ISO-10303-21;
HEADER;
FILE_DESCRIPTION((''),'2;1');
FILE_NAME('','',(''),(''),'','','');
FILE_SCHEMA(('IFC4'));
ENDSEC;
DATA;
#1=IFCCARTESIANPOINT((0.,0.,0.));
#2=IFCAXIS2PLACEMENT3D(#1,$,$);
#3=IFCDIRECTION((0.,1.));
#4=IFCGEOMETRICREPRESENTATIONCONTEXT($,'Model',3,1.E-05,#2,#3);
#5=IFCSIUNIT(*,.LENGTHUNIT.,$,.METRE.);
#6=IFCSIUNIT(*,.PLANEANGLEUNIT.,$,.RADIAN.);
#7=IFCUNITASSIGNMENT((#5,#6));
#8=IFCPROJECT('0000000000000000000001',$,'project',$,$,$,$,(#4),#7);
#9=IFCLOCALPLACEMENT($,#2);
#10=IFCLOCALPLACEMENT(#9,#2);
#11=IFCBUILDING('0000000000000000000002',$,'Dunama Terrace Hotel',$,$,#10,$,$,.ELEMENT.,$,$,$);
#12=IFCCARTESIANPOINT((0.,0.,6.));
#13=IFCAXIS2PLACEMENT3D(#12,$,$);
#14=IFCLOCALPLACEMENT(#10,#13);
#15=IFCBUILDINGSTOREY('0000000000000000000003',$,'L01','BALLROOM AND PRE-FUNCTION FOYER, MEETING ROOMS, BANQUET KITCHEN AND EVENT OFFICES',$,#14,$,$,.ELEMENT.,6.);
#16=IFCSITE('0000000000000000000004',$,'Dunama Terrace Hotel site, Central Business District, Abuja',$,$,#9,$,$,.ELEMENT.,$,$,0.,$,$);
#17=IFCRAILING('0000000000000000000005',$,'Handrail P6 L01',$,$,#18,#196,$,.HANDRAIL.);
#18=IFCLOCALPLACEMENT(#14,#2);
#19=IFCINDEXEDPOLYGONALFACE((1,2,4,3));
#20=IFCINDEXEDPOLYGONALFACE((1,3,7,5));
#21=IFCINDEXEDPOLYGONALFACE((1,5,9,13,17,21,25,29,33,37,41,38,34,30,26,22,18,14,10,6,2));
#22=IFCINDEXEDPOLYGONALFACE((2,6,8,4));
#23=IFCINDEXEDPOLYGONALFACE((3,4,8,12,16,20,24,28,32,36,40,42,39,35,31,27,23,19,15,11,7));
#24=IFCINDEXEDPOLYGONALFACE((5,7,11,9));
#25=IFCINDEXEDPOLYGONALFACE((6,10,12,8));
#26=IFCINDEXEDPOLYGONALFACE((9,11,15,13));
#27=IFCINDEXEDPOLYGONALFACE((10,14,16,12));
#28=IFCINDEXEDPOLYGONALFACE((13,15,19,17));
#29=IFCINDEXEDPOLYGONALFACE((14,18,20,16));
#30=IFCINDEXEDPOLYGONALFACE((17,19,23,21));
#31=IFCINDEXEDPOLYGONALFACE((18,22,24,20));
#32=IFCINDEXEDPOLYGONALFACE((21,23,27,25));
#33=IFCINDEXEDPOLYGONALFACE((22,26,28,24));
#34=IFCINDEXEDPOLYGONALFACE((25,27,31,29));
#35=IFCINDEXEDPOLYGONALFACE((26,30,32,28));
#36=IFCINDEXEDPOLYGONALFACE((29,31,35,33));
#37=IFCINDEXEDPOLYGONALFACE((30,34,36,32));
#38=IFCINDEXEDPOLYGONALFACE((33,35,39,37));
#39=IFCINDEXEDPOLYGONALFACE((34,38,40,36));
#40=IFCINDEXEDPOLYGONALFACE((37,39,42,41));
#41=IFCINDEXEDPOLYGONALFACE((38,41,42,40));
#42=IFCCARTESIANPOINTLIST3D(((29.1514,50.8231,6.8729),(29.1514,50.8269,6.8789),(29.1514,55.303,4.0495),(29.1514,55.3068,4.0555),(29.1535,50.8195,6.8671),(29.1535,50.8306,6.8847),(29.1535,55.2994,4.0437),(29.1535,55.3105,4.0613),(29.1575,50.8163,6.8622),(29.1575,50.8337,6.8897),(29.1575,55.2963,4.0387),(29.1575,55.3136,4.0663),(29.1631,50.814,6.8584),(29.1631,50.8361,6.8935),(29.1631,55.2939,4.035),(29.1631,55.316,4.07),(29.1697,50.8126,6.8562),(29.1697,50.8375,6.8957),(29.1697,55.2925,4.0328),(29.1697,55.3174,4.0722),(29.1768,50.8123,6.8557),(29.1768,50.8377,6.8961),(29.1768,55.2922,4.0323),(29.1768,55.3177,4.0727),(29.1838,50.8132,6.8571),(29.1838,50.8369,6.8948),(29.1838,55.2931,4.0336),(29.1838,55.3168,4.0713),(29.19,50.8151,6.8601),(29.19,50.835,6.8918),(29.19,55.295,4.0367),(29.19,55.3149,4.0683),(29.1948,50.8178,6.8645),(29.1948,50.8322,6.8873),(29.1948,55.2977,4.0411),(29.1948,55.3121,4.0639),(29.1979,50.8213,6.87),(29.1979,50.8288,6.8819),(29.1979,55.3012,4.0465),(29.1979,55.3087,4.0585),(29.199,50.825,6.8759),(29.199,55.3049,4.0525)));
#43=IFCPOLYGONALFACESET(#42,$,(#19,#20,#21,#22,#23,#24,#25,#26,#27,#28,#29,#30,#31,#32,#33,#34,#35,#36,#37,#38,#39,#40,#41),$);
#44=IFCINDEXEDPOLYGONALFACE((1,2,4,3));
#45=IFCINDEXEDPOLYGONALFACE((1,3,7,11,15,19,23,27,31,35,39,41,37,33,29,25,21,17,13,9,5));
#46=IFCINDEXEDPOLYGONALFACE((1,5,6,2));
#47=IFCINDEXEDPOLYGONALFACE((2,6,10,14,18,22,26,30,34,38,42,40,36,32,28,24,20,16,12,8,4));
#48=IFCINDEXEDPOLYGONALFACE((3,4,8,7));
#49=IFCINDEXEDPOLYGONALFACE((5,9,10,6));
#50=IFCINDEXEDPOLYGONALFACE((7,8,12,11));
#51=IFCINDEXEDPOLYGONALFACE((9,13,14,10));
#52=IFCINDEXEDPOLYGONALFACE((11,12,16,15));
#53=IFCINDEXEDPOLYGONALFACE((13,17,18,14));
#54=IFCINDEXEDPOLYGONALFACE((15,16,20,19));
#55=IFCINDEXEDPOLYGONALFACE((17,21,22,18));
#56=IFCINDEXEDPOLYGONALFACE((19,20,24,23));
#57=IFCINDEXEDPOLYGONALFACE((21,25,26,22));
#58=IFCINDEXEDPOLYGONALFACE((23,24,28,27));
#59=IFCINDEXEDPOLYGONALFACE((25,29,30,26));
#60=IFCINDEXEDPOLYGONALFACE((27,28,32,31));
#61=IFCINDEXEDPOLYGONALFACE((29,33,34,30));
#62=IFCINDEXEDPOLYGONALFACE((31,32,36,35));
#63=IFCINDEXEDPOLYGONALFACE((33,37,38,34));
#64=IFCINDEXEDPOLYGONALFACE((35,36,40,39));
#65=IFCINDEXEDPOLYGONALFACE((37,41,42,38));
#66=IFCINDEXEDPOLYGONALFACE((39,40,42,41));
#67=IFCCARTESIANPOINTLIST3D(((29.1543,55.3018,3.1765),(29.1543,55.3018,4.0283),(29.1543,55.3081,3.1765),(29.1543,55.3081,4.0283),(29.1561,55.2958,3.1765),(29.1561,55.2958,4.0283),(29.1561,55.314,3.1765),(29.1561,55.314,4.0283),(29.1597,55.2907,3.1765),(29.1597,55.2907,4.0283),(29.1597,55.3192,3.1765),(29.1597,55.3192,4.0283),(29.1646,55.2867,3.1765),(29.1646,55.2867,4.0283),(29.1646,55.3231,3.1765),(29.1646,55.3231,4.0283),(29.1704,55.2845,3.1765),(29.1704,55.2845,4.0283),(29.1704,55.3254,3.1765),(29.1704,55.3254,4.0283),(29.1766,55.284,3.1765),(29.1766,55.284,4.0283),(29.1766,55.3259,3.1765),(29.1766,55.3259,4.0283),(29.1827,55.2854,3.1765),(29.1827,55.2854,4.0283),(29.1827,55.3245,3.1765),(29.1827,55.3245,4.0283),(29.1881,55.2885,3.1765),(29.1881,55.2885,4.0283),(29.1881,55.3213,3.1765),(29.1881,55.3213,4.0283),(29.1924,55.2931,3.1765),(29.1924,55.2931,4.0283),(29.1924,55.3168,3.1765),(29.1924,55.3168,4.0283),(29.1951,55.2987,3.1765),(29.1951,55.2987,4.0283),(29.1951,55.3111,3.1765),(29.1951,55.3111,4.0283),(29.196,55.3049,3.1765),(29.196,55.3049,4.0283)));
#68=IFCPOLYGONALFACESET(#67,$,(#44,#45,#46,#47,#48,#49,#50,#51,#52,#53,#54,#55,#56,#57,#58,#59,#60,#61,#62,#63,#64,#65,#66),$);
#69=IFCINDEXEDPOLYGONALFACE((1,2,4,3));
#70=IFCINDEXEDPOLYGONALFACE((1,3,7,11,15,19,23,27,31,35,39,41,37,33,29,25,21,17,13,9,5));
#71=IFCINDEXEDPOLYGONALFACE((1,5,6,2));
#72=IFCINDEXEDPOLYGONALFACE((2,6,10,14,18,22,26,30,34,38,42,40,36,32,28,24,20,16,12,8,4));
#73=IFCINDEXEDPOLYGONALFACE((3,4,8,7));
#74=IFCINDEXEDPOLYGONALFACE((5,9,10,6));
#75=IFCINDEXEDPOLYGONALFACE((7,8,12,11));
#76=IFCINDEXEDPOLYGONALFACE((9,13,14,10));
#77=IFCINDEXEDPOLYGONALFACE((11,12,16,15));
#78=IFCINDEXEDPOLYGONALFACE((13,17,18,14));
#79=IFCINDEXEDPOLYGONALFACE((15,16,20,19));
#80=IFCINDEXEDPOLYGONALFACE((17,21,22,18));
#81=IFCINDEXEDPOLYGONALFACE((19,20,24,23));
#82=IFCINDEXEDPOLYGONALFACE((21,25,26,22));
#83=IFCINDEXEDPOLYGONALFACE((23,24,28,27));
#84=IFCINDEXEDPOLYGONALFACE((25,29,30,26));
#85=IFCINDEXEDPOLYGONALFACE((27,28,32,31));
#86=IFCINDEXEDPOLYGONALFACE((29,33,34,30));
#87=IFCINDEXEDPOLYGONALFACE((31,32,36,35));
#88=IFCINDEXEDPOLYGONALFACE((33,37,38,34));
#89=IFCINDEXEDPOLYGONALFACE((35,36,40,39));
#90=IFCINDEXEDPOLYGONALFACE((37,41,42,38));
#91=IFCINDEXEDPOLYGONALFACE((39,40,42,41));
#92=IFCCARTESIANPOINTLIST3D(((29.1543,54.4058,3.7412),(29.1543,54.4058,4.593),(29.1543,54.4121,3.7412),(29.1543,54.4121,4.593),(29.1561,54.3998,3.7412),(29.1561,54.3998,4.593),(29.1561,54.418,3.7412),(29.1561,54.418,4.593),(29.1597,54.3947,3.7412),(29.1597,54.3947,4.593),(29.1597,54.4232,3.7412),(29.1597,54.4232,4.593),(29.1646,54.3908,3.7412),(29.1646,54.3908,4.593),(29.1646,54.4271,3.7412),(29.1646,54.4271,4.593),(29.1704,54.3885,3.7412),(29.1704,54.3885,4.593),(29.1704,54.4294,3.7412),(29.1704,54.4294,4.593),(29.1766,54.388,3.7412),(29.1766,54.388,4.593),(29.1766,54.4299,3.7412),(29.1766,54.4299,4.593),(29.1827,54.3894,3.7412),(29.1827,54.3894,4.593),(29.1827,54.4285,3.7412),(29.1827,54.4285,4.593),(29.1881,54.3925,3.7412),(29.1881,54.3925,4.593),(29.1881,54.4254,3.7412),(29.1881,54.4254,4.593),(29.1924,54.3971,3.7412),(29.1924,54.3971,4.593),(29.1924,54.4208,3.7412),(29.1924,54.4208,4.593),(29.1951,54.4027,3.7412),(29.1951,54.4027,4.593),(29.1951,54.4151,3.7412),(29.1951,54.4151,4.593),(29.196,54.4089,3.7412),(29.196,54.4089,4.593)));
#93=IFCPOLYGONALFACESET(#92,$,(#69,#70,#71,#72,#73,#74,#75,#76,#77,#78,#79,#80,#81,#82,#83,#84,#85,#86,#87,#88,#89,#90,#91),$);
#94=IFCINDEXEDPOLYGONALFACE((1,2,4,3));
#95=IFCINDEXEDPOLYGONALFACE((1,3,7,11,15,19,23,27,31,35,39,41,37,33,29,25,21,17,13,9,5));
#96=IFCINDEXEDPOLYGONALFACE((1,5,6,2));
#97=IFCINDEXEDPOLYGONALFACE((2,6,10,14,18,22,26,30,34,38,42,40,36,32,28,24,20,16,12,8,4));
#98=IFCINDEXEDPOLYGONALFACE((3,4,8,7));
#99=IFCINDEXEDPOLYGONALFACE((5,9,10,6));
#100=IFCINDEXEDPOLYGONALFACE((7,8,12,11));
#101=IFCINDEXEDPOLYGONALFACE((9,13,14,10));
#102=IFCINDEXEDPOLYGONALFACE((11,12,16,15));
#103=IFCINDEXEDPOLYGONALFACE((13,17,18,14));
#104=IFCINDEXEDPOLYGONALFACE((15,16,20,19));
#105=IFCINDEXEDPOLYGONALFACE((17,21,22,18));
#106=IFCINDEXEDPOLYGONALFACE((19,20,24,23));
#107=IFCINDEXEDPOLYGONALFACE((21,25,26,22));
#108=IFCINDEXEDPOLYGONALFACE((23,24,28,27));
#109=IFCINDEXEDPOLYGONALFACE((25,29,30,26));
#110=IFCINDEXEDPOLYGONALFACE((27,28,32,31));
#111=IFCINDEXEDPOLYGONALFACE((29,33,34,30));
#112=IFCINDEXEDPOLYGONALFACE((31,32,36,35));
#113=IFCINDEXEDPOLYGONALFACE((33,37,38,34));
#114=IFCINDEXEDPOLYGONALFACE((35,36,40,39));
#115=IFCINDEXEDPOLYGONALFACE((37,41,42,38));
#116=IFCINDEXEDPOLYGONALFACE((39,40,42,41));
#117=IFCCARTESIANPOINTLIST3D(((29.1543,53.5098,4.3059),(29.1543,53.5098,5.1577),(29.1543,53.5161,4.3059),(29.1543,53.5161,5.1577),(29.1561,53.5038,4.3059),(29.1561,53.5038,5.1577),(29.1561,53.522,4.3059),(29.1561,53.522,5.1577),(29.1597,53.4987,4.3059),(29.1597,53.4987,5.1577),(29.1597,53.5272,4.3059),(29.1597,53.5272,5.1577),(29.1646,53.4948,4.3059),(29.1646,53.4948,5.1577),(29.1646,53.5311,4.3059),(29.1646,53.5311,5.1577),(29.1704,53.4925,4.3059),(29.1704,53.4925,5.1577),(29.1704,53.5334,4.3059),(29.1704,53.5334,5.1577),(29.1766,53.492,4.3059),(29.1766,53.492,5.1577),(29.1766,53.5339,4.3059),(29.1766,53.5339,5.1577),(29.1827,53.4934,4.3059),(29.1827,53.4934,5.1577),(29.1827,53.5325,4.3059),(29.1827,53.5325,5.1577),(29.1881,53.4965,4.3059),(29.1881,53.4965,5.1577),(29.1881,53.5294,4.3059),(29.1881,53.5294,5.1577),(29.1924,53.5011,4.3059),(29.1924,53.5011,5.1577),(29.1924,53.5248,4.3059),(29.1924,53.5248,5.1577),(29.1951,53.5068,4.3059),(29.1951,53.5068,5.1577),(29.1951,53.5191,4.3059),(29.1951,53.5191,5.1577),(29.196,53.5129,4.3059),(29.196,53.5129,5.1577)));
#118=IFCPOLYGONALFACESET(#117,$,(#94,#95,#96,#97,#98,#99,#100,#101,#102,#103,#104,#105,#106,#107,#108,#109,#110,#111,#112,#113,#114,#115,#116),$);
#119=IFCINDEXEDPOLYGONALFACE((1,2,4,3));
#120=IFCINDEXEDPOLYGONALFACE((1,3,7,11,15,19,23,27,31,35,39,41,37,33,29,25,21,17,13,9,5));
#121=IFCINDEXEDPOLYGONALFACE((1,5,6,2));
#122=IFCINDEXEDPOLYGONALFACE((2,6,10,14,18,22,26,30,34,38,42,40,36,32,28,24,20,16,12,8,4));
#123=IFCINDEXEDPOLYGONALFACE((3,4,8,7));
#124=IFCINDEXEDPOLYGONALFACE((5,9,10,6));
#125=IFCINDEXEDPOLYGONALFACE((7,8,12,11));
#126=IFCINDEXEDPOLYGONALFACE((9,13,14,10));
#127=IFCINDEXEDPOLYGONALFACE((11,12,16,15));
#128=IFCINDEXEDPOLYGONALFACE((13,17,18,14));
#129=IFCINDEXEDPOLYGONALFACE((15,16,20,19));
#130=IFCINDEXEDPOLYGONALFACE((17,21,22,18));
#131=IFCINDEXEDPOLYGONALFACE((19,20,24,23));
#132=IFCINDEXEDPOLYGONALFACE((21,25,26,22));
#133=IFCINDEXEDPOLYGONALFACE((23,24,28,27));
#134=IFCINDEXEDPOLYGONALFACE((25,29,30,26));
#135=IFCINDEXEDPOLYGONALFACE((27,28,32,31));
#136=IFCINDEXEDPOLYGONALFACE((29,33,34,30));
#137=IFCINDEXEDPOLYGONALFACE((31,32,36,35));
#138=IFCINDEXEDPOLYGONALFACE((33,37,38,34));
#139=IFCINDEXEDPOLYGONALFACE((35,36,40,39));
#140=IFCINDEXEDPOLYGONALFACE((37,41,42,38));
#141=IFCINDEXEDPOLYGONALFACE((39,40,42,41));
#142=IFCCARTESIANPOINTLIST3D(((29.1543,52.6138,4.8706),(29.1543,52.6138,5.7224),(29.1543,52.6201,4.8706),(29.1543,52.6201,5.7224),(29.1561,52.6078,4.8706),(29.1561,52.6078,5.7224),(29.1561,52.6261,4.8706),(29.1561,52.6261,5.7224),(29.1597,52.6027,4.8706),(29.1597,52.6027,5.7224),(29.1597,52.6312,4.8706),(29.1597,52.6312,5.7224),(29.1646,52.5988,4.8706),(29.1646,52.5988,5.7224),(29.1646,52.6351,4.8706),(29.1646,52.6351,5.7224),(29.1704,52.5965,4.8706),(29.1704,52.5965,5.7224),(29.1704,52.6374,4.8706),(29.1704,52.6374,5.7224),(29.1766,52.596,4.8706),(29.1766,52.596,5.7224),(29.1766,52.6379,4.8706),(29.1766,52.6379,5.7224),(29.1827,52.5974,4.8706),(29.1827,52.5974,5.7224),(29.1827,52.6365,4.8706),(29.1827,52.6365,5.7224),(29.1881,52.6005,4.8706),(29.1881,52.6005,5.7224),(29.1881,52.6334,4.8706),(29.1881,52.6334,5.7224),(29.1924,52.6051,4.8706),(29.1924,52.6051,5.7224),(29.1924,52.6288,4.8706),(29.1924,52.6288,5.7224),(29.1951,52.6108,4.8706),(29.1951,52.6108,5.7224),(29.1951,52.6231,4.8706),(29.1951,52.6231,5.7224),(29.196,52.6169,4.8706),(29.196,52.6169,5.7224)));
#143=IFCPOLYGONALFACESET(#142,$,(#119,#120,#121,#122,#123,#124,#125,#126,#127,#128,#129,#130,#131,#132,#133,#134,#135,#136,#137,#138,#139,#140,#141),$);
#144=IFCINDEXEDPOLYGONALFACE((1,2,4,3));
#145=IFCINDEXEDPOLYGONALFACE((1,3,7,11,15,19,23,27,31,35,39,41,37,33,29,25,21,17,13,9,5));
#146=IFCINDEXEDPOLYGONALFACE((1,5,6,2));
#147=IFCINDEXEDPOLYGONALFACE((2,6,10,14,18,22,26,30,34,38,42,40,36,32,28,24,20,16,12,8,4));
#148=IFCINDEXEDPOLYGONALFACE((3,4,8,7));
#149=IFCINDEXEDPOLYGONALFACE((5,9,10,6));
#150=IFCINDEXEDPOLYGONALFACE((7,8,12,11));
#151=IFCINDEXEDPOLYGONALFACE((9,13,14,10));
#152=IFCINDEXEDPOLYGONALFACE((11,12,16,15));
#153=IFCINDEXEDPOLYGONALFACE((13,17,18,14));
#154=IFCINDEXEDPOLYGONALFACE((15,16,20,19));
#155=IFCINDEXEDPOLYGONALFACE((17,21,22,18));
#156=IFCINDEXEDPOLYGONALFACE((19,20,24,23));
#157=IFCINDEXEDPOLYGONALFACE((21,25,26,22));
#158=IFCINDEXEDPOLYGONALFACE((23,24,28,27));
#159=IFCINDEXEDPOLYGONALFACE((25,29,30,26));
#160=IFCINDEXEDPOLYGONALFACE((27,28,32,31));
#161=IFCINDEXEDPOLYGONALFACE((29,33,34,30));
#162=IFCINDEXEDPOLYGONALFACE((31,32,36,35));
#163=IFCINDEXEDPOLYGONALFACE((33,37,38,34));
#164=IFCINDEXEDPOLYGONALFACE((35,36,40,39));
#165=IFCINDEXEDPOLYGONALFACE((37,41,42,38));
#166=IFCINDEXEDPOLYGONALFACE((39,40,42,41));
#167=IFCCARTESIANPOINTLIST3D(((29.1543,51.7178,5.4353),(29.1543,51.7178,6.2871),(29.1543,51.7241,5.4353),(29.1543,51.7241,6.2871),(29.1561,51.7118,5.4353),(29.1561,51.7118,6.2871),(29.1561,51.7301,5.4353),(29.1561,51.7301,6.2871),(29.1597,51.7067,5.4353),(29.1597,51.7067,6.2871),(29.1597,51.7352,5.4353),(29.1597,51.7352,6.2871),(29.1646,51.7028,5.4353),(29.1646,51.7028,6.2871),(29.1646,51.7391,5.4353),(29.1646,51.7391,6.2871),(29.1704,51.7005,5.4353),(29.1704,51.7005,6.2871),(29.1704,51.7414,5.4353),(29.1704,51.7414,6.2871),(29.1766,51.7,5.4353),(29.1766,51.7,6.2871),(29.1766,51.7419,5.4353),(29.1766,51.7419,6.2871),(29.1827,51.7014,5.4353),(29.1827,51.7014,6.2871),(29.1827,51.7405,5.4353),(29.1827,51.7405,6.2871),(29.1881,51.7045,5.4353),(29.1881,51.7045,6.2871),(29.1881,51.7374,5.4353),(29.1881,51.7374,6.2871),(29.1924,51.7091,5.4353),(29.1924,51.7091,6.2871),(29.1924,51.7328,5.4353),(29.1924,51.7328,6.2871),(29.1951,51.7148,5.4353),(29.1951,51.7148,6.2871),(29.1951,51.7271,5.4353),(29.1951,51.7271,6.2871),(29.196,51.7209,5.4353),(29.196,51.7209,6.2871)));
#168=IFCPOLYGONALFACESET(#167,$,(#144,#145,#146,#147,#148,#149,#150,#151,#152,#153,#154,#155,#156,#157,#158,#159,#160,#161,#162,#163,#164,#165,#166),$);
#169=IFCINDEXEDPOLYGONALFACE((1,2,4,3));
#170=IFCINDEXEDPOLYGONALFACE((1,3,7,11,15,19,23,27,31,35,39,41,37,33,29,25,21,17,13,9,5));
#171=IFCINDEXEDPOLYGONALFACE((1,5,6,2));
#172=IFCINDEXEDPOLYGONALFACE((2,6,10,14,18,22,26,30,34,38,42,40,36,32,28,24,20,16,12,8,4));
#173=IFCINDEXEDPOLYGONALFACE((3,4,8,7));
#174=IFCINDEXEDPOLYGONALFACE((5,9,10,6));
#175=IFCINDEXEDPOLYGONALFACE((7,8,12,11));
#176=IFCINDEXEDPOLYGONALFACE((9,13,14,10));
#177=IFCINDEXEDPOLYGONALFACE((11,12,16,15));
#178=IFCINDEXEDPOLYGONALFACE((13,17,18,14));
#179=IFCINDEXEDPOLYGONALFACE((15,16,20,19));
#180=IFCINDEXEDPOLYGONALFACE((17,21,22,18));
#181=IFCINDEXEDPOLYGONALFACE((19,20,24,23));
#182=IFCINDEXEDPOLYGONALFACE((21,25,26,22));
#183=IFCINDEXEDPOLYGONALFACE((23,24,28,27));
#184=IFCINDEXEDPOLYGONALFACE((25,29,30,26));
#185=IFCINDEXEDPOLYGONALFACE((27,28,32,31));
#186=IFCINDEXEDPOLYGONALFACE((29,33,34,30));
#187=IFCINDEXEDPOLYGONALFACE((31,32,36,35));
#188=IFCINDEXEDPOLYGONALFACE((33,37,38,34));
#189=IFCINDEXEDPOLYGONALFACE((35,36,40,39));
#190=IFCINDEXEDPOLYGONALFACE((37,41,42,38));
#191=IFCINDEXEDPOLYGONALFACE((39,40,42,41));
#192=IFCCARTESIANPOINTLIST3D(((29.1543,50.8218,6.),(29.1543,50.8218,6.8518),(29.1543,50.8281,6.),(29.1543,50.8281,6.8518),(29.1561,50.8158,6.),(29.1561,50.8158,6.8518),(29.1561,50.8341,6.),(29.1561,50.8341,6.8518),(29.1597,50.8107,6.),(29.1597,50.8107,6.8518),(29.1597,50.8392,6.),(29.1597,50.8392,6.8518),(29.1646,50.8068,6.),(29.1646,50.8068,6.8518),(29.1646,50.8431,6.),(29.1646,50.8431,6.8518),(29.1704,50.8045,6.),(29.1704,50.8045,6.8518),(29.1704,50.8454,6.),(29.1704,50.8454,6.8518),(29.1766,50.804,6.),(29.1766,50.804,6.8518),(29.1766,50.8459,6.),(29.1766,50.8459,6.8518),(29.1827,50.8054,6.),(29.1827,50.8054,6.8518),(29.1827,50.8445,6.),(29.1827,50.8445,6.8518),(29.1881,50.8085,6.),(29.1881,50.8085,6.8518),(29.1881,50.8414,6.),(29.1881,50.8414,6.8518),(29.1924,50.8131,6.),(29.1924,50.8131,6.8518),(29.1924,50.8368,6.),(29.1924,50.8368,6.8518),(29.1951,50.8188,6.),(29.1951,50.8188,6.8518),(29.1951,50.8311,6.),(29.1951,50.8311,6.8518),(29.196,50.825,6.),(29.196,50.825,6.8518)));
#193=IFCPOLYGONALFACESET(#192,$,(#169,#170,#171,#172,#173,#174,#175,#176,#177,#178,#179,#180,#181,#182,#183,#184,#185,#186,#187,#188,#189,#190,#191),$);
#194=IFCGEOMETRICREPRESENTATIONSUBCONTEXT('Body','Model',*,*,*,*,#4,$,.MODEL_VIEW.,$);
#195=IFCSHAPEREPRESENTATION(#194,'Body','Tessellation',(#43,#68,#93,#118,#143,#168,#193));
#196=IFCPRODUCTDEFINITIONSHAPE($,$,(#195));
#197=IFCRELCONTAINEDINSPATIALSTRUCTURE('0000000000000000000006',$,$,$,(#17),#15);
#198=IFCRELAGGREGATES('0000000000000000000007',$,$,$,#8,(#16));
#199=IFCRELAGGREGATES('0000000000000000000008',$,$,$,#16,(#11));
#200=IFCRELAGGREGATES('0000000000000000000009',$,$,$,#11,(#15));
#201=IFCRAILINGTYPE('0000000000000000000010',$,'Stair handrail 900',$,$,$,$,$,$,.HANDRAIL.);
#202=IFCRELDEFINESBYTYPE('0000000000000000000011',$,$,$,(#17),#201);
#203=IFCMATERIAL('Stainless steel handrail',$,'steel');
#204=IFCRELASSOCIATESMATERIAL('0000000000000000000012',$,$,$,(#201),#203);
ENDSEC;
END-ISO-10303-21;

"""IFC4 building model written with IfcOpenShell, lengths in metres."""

from ifc_helpers import new_model, si_unit, direction, frame, origin, origin_2d, place, context, subcontext, project, spatial, circle, extrude, material, type_object, element, save


model = new_model("IFC4")

# Units and contexts
model_context = context("Model", 3, precision=1e-05, world=origin(), true_north=direction((0.0, 1.0)))
body_context = subcontext(model_context, "Body", "Model", "MODEL_VIEW")
ifc_project = project(units=[si_unit("LENGTHUNIT", "METRE"), si_unit("PLANEANGLEUNIT", "RADIAN")], contexts=[model_context])

# Site, building, storey
site_placement = place(None, origin())
site = spatial("IfcSite", under=ifc_project, at=site_placement, Name="Dunama Terrace Hotel site, Central Business District, Abuja", CompositionType="ELEMENT", RefElevation=0.0)
building_placement = place(site_placement, origin())
building = spatial("IfcBuilding", under=site, at=building_placement, Name="Dunama Terrace Hotel", CompositionType="ELEMENT")
storey_placement = place(building_placement, frame((0.0, 0.0, 6.0)))
storey = spatial("IfcBuildingStorey", under=building, at=storey_placement, Name="L01", Description="BALLROOM AND PRE-FUNCTION FOYER, MEETING ROOMS, BANQUET KITCHEN AND EVENT OFFICES", CompositionType="ELEMENT", Elevation=6.0)

# Railing
ifc_material_1 = material(Name="Stainless steel handrail", Category="steel")
railing_type = type_object("IfcRailingType", Name="Stair handrail 900", PredefinedType="HANDRAIL", material=ifc_material_1)
for number, where, name in (
    (1, (29.175, 55.3049, 3.1765), "Handrail P6 L01"),
):
    element("IfcRailing", number, at=place(storey_placement, frame(where)), inside=storey, type_object=railing_type, Name=name, PredefinedType="HANDRAIL", context=body_context, shape_type="SweptSolid", body=[
        extrude(circle(Radius=0.0239, at=origin_2d()), frame((0.0, 0.0, 0.876), z_axis=(0.0, -0.845998, 0.533186), x_axis=(1.0, 0.0, 0.0)), (0.0, 0.0, 1.0), 5.2954),
        extrude(circle(Radius=0.021, at=origin_2d()), origin(), (0.0, 0.0, 1.0), 0.8518),
        extrude(circle(Radius=0.021, at=origin_2d()), frame((0.0, -0.896, 0.5647)), (0.0, 0.0, 1.0), 0.8518),
        extrude(circle(Radius=0.021, at=origin_2d()), frame((0.0, -1.792, 1.1294)), (0.0, 0.0, 1.0), 0.8518),
        extrude(circle(Radius=0.021, at=origin_2d()), frame((0.0, -2.688, 1.6941)), (0.0, 0.0, 1.0), 0.8518),
        extrude(circle(Radius=0.021, at=origin_2d()), frame((0.0, -3.584, 2.2588)), (0.0, 0.0, 1.0), 0.8518),
        extrude(circle(Radius=0.021, at=origin_2d()), frame((0.0, -4.48, 2.8235)), (0.0, 0.0, 1.0), 0.8518),
    ])

save(model, "model.ifc")
